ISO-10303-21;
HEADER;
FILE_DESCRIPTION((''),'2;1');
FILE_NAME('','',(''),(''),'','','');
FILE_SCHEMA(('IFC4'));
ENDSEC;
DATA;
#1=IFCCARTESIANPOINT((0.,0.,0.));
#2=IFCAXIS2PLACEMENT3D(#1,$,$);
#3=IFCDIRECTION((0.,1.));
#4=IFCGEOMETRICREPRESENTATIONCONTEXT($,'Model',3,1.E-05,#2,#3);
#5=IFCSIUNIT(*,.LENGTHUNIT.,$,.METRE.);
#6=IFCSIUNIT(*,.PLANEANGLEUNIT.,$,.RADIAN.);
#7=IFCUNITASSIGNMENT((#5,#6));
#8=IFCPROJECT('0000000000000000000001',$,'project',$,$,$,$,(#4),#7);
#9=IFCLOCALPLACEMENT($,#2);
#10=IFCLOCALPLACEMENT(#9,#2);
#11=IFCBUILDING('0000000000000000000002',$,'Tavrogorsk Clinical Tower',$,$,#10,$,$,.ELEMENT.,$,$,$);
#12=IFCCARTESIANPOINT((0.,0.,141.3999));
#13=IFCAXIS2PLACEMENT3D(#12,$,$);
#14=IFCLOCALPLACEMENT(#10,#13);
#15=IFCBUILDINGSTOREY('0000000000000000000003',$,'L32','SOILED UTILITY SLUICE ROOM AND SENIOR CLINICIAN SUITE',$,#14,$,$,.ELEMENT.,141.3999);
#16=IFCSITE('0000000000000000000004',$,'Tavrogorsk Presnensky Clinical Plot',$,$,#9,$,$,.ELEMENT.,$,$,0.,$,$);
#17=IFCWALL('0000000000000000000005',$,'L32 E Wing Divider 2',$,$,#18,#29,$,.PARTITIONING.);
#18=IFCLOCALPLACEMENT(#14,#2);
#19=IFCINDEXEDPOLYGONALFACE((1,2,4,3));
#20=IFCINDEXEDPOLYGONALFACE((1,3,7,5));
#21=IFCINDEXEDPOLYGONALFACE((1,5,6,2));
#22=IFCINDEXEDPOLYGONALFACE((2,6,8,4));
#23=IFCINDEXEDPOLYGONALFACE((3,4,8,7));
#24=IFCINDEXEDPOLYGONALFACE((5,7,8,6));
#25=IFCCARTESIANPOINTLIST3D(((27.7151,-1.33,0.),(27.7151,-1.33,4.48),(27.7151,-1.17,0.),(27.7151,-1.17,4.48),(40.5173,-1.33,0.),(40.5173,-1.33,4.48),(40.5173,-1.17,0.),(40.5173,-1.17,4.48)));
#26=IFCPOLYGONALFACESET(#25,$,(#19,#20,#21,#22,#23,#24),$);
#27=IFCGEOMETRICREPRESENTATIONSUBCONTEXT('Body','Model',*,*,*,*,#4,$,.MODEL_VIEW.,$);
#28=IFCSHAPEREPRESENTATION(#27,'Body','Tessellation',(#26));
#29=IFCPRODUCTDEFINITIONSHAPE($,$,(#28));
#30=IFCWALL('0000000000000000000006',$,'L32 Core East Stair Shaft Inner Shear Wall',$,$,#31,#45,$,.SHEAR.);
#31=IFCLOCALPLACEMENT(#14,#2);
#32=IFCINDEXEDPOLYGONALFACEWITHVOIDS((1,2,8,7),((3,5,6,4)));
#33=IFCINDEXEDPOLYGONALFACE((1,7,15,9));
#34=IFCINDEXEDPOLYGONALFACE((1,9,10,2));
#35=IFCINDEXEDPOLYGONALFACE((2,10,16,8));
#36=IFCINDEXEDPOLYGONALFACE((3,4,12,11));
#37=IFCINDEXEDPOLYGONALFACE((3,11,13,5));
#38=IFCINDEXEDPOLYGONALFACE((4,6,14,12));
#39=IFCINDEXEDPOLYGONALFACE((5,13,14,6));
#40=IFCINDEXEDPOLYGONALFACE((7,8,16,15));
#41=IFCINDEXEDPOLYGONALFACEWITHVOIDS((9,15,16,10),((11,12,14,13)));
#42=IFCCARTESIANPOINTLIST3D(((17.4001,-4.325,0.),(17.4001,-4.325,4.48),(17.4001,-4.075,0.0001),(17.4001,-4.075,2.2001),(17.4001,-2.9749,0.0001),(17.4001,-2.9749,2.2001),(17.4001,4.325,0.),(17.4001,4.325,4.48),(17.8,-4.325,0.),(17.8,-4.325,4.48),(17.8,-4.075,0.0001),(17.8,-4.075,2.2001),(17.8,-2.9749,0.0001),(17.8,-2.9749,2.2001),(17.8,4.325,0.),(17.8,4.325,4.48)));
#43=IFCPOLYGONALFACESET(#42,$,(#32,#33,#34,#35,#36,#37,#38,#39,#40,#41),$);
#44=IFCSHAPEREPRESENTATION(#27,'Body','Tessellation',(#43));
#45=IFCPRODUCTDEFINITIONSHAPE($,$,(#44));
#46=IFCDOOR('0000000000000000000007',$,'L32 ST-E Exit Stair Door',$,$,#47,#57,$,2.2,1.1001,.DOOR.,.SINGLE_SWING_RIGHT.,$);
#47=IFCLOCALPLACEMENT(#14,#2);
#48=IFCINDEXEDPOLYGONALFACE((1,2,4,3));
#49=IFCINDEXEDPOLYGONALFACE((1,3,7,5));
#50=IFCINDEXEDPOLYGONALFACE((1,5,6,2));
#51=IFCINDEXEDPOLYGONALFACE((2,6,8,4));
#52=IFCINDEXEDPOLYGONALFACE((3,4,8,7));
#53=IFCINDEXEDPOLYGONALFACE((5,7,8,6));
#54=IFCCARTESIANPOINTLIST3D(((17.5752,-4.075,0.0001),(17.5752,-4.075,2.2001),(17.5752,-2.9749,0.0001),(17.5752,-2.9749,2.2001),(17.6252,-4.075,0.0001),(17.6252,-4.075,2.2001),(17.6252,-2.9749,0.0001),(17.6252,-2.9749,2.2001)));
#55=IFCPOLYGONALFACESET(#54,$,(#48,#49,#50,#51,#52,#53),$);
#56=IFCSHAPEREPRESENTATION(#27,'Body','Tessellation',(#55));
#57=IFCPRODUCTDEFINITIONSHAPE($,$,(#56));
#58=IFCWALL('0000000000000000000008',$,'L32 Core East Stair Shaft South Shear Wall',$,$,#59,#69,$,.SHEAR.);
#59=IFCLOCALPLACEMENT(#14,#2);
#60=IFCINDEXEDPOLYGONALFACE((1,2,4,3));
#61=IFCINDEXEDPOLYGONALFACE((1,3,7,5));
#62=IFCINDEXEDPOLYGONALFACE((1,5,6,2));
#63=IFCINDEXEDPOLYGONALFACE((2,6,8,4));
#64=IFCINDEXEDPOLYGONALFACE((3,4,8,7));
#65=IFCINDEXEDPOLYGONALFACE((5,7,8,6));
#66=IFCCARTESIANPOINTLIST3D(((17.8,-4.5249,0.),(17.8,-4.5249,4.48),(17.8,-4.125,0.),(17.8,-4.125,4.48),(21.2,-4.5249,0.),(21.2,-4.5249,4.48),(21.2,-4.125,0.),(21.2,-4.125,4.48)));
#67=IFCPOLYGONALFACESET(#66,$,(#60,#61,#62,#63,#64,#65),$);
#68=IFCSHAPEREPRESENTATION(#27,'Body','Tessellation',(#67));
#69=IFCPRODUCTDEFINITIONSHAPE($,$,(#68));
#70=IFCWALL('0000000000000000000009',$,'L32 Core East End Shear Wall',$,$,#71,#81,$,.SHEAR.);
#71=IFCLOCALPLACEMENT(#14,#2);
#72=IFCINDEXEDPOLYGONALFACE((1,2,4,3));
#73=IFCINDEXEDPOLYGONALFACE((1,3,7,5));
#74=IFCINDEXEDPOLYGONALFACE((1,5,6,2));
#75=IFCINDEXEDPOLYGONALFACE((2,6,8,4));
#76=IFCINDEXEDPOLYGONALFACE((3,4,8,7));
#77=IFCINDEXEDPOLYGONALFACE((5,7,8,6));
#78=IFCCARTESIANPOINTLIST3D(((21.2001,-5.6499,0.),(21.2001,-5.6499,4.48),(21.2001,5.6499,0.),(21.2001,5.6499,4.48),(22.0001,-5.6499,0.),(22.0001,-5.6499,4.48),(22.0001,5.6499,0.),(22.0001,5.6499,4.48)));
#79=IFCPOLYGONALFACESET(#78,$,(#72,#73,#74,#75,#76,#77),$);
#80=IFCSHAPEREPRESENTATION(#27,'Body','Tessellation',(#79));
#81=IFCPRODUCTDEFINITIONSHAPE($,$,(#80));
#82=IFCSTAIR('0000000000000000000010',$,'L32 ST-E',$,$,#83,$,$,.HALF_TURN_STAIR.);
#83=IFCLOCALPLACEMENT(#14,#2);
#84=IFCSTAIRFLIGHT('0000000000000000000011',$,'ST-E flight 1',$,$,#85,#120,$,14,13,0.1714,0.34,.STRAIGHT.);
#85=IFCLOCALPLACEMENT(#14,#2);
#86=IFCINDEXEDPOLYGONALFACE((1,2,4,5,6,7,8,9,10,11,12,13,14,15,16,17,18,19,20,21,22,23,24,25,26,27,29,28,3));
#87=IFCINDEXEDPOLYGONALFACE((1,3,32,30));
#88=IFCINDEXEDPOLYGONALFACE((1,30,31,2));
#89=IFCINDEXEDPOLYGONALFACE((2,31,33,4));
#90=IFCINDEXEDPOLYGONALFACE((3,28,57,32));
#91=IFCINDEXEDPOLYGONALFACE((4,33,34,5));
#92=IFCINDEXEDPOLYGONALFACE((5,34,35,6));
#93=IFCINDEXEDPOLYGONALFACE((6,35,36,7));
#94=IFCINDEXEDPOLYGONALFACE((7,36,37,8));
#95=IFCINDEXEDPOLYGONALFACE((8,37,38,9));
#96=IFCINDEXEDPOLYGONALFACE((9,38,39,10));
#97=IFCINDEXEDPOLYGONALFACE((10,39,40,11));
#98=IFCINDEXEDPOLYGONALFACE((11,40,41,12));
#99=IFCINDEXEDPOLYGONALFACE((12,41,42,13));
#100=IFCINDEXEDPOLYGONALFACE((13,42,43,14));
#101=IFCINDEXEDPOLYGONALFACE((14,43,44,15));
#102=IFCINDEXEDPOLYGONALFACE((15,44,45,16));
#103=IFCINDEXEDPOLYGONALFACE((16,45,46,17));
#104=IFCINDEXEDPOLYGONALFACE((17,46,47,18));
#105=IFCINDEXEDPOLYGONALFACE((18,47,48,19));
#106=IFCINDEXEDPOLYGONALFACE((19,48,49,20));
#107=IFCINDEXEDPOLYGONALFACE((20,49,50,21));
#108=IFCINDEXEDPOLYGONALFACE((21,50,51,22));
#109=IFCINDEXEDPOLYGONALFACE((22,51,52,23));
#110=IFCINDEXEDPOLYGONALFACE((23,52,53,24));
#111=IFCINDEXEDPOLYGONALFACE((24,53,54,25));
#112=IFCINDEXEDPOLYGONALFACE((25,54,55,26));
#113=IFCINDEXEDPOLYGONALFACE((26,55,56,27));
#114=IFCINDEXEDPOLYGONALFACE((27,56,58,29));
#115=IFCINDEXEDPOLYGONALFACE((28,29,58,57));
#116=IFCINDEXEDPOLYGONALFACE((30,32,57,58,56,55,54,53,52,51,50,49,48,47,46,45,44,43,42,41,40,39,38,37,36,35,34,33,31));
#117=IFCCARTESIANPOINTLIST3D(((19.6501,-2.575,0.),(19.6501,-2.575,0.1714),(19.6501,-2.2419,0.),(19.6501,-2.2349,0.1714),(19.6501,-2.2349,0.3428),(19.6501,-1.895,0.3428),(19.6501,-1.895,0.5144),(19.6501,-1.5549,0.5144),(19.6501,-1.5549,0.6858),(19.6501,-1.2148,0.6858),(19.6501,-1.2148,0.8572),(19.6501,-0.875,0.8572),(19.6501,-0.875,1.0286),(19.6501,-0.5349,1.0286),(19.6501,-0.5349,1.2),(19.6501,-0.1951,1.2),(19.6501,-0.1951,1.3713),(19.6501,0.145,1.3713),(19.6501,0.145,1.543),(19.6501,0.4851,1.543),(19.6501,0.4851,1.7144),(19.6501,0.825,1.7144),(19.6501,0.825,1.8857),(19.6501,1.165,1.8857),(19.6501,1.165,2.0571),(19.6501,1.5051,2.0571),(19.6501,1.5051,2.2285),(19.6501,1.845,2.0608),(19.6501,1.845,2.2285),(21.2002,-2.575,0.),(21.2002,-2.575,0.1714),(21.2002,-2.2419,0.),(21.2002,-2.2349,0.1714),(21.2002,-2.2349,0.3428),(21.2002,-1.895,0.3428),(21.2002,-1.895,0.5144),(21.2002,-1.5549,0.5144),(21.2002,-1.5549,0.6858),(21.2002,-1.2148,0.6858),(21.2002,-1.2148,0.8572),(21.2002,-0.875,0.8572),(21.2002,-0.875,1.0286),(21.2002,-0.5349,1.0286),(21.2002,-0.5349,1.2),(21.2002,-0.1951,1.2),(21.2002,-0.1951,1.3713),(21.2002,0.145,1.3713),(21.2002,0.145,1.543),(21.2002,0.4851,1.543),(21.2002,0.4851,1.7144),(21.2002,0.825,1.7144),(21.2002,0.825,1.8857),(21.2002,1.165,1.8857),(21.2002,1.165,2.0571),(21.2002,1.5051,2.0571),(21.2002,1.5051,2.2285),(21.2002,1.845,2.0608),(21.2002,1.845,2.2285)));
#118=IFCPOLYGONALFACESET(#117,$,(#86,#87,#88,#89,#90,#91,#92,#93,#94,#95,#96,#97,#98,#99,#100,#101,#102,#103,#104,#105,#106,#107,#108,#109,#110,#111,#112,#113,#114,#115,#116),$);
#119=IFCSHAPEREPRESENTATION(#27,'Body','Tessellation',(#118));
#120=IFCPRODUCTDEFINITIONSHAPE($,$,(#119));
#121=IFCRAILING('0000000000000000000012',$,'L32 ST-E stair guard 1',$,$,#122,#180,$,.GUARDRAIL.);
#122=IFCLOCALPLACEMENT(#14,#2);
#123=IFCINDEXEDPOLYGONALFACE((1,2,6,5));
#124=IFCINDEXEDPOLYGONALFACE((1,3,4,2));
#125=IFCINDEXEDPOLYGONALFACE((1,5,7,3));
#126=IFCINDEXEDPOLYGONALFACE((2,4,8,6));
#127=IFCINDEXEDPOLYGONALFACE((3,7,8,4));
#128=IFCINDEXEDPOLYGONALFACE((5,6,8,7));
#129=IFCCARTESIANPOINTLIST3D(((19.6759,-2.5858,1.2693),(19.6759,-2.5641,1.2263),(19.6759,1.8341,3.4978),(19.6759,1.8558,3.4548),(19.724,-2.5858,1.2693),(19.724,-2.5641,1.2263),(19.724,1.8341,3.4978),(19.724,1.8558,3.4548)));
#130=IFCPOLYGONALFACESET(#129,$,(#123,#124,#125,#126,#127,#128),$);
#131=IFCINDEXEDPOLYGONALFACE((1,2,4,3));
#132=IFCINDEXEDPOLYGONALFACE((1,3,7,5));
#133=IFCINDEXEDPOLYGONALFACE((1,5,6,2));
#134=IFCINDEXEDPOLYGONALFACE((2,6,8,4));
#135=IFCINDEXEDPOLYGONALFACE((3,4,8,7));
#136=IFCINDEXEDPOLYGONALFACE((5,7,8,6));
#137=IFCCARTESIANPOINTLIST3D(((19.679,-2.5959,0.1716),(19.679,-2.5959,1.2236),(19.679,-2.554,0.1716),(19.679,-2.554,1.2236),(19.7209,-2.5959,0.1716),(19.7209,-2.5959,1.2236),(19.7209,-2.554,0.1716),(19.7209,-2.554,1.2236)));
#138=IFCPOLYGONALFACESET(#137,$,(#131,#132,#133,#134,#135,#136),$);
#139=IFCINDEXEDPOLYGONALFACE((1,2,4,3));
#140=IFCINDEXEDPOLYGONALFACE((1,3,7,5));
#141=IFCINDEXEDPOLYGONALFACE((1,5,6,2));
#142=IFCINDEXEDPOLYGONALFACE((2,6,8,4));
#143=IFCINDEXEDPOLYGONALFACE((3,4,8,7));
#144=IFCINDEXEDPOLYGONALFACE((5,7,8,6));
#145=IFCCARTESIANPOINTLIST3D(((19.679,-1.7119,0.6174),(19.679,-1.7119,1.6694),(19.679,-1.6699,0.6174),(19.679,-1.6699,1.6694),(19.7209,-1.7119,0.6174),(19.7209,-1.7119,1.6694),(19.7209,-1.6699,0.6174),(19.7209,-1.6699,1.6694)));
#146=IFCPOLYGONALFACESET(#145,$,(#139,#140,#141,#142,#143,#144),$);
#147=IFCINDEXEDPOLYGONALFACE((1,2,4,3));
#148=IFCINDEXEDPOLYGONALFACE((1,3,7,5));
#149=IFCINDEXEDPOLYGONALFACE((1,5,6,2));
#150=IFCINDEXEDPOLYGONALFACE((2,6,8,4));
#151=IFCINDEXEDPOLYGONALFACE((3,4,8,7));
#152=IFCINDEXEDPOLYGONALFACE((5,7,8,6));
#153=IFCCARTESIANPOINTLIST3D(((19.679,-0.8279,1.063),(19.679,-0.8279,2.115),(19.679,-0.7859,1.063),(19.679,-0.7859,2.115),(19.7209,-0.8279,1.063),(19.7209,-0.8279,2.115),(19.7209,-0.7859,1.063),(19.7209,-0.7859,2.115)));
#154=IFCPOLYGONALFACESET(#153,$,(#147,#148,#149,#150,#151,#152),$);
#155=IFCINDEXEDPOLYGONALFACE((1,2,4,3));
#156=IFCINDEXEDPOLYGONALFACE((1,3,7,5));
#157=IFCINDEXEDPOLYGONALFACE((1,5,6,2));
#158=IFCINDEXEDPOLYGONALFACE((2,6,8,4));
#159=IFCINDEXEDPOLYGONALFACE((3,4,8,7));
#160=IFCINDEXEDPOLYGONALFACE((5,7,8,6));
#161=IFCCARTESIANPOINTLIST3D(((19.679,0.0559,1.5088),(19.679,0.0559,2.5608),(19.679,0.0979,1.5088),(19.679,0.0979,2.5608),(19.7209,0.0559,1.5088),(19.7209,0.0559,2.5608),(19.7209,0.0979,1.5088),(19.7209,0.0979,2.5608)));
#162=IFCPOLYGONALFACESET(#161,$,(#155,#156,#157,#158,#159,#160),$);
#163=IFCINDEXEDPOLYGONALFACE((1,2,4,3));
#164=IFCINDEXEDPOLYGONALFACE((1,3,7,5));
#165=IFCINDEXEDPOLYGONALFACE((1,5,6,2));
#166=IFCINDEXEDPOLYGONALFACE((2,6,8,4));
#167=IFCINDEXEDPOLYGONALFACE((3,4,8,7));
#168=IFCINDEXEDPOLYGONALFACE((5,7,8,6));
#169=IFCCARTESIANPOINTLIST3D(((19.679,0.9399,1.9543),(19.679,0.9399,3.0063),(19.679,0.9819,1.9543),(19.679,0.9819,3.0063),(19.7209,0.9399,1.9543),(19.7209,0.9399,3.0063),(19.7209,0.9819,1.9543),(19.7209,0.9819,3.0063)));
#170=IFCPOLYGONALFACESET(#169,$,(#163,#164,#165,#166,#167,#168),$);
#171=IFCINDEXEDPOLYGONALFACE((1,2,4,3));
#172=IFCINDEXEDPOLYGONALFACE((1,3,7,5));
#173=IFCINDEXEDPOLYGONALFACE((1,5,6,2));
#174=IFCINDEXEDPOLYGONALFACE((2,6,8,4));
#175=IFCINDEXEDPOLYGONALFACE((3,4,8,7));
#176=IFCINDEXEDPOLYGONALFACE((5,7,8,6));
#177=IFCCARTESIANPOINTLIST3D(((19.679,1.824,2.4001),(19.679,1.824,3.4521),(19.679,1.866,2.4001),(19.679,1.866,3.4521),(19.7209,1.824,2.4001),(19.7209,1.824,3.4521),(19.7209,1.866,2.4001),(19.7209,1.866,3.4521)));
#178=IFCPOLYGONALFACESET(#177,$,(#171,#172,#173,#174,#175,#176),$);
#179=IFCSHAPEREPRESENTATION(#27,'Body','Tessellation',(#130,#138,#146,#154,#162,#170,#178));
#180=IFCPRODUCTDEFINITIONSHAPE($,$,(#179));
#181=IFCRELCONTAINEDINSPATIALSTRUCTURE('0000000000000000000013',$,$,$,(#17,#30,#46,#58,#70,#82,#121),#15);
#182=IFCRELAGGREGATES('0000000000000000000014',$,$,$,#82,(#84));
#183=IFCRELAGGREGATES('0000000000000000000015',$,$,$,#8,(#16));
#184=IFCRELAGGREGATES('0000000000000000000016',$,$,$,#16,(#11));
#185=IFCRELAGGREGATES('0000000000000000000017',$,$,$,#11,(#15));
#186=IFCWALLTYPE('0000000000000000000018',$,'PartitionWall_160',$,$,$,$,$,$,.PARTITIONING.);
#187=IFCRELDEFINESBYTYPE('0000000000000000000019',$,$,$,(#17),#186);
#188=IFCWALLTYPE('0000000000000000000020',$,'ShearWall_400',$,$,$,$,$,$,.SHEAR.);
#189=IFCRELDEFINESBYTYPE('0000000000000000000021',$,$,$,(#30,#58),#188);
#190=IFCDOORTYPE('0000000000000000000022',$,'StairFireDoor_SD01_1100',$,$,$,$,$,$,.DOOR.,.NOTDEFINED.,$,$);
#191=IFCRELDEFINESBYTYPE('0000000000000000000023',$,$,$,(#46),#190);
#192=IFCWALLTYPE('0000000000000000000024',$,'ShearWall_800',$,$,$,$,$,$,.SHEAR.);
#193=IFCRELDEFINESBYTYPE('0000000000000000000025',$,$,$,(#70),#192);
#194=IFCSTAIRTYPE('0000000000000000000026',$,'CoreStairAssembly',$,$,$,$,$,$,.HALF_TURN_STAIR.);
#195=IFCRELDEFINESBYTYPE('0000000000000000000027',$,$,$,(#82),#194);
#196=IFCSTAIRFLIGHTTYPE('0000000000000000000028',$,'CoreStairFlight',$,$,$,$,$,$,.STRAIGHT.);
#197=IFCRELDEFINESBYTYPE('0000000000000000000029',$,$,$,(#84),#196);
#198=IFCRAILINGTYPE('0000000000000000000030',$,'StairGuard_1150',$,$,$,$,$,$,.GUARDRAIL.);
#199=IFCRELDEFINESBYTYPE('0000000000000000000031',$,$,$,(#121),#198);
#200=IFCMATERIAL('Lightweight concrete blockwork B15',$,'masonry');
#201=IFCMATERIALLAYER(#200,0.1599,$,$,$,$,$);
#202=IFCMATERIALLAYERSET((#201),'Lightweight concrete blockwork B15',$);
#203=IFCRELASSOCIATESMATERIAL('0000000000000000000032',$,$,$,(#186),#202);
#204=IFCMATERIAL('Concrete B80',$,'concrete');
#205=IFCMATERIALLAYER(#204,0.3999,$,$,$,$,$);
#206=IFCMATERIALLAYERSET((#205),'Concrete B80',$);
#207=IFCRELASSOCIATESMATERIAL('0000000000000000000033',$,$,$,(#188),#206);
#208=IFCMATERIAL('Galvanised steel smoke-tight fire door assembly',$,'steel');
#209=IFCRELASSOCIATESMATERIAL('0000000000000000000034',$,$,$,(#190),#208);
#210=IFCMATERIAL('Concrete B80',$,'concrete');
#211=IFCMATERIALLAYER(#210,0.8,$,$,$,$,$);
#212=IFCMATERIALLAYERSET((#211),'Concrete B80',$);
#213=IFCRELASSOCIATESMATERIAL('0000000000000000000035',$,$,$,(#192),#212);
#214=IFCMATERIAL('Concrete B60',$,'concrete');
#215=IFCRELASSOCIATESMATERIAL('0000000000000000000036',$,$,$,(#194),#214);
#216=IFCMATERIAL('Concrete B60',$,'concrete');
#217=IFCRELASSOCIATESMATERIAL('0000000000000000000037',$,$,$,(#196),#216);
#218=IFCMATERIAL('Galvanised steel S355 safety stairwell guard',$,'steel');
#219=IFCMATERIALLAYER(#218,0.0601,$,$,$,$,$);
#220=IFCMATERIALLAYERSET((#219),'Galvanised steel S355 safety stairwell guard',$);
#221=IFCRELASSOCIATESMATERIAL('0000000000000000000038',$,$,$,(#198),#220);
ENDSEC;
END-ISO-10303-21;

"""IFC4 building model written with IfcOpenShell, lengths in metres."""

from ifc_helpers import new_model, si_unit, direction, frame, frame_2d, origin, origin_2d, place, context, subcontext, project, spatial, polyline, rectangle, outline, extrude, material, layer, layer_set, type_object, element, fill, aggregate, save


model = new_model("IFC4")

# Units and contexts
model_context = context("Model", 3, precision=1e-05, world=origin(), true_north=direction((0.0, 1.0)))
body_context = subcontext(model_context, "Body", "Model", "MODEL_VIEW")
ifc_project = project(units=[si_unit("LENGTHUNIT", "METRE"), si_unit("PLANEANGLEUNIT", "RADIAN")], contexts=[model_context])

# Site, building, storey
site_placement = place(None, origin())
site = spatial("IfcSite", under=ifc_project, at=site_placement, Name="Tavrogorsk Presnensky Clinical Plot", CompositionType="ELEMENT", RefElevation=0.0)
building_placement = place(site_placement, origin())
building = spatial("IfcBuilding", under=site, at=building_placement, Name="Tavrogorsk Clinical Tower", CompositionType="ELEMENT")
storey_placement = place(building_placement, frame((0.0, 0.0, 141.3999)))
storey = spatial("IfcBuildingStorey", under=building, at=storey_placement, Name="L32", Description="SOILED UTILITY SLUICE ROOM AND SENIOR CLINICIAN SUITE", CompositionType="ELEMENT", Elevation=141.3999)

# Shared definitions
ifc_material_1 = material(Name="Lightweight concrete blockwork B15", Category="masonry")
ifc_layer_1 = layer(ifc_material_1, 0.1599)
ifc_layer_set_1 = layer_set([ifc_layer_1], Name="Lightweight concrete blockwork B15")
wall_type_1 = type_object("IfcWallType", Name="PartitionWall_160", PredefinedType="PARTITIONING", material=ifc_layer_set_1)

# Wall
wall_1_placement = place(storey_placement, frame((27.7151, -1.25, 0.0), z_axis=(0.0, 0.0, 1.0), x_axis=(1.0, 0.0, 0.0)))
element("IfcWall", 1, at=wall_1_placement, inside=storey, type_object=wall_type_1, Name="L32 E Wing Divider 2", PredefinedType="PARTITIONING", context=body_context, shape_type="SweptSolid", body=[
    extrude(rectangle(XDim=12.8022, YDim=0.1599, at=frame_2d((6.4011, 0.0))), origin(), (0.0, 0.0, 1.0), 4.48),
])

# Wall, opening, door
ifc_material_2 = material(Name="Concrete B80", Category="concrete")
ifc_layer_2 = layer(ifc_material_2, 0.3999)
ifc_layer_set_2 = layer_set([ifc_layer_2], Name="Concrete B80")
wall_type_2 = type_object("IfcWallType", Name="ShearWall_400", PredefinedType="SHEAR", material=ifc_layer_set_2)
wall_2_placement = place(storey_placement, frame((17.6001, -4.325, 0.0), z_axis=(0.0, 0.0, 1.0), x_axis=(0.0, 1.0, 0.0)))
wall_2 = element("IfcWall", 2, at=wall_2_placement, inside=storey, type_object=wall_type_2, Name="L32 Core East Stair Shaft Inner Shear Wall", PredefinedType="SHEAR", context=body_context, shape_type="SweptSolid", body=[
    extrude(rectangle(XDim=8.6499, YDim=0.3999, at=frame_2d((4.325, 0.0))), origin(), (0.0, 0.0, 1.0), 4.48),
])
opening_1_placement = place(wall_2_placement, frame((0.25, 0.0, 0.0)))
opening_1 = element("IfcOpeningElement", 3, at=opening_1_placement, cuts=wall_2, PredefinedType="OPENING", context=body_context, shape_type="SweptSolid", body=[
    extrude(rectangle(XDim=1.1001, YDim=2.2, at=frame_2d((0.55, 1.1001))), frame((0.0, 0.21, 0.0), z_axis=(0.0, -1.0, 0.0), x_axis=(1.0, 0.0, 0.0)), (0.0, 0.0, 1.0), 0.4199),
])
ifc_material_3 = material(Name="Galvanised steel smoke-tight fire door assembly", Category="steel")
door_type_1 = type_object("IfcDoorType", Name="StairFireDoor_SD01_1100", OperationType="NOTDEFINED", PredefinedType="DOOR", material=ifc_material_3)
door_1_placement = place(opening_1_placement, origin())
door_1 = element("IfcDoor", 4, at=door_1_placement, inside=storey, type_object=door_type_1, Name="L32 ST-E Exit Stair Door", OperationType="SINGLE_SWING_RIGHT", OverallHeight=2.2, OverallWidth=1.1001, PredefinedType="DOOR", context=body_context, shape_type="SweptSolid", body=[
    extrude(rectangle(XDim=1.1001, YDim=2.2, at=frame_2d((0.55, 1.1001))), frame((0.0, 0.0249, 0.0), z_axis=(0.0, -1.0, 0.0), x_axis=(1.0, 0.0, 0.0)), (0.0, 0.0, 1.0), 0.05),
])
fill(opening_1, door_1)

# Walls
wall_3_placement = place(storey_placement, frame((17.8, -4.325, 0.0), z_axis=(0.0, 0.0, 1.0), x_axis=(1.0, 0.0, 0.0)))
element("IfcWall", 5, at=wall_3_placement, inside=storey, type_object=wall_type_2, Name="L32 Core East Stair Shaft South Shear Wall", PredefinedType="SHEAR", context=body_context, shape_type="SweptSolid", body=[
    extrude(rectangle(XDim=3.3999, YDim=0.3999, at=frame_2d((1.7, 0.0))), origin(), (0.0, 0.0, 1.0), 4.48),
])
ifc_material_4 = material(Name="Concrete B80", Category="concrete")
ifc_layer_3 = layer(ifc_material_4, 0.8)
ifc_layer_set_3 = layer_set([ifc_layer_3], Name="Concrete B80")
wall_type_3 = type_object("IfcWallType", Name="ShearWall_800", PredefinedType="SHEAR", material=ifc_layer_set_3)
wall_4_placement = place(storey_placement, frame((21.6001, -5.6499, 0.0), z_axis=(0.0, 0.0, 1.0), x_axis=(0.0, 1.0, 0.0)))
element("IfcWall", 6, at=wall_4_placement, inside=storey, type_object=wall_type_3, Name="L32 Core East End Shear Wall", PredefinedType="SHEAR", context=body_context, shape_type="SweptSolid", body=[
    extrude(rectangle(XDim=11.2998, YDim=0.8, at=frame_2d((5.6499, 0.0))), origin(), (0.0, 0.0, 1.0), 4.48),
])

# Stair, stair flight
ifc_material_5 = material(Name="Concrete B60", Category="concrete")
stair_type = type_object("IfcStairType", Name="CoreStairAssembly", PredefinedType="HALF_TURN_STAIR", material=ifc_material_5)
stair_placement = place(storey_placement, origin())
stair = element("IfcStair", 7, at=stair_placement, inside=storey, type_object=stair_type, Name="L32 ST-E", PredefinedType="HALF_TURN_STAIR")
ifc_material_6 = material(Name="Concrete B60", Category="concrete")
stair_flight_type = type_object("IfcStairFlightType", Name="CoreStairFlight", PredefinedType="STRAIGHT", material=ifc_material_6)
stair_flight_placement = place(storey_placement, frame((20.425, -2.575, 0.0), z_axis=(0.0, 0.0, 1.0), x_axis=(0.0, 1.0, 0.0)))
stair_flight = element("IfcStairFlight", 8, at=stair_flight_placement, type_object=stair_flight_type, Name="ST-E flight 1", NumberOfRisers=14, NumberOfTreads=13, PredefinedType="STRAIGHT", RiserHeight=0.1714, TreadLength=0.34, context=body_context, shape_type="SweptSolid", body=[
    extrude(outline(polyline([(0.0, 0.0), (0.0, 0.1714), (0.3401, 0.1714), (0.3401, 0.3428), (0.6799, 0.3428), (0.6799, 0.5144), (1.02, 0.5144), (1.02, 0.6858), (1.3601, 0.6858), (1.3601, 0.8572), (1.7, 0.8572), (1.7, 1.0286), (2.04, 1.0286), (2.04, 1.2), (2.3799, 1.2), (2.3799, 1.3713), (2.72, 1.3713), (2.72, 1.543), (3.0601, 1.543), (3.0601, 1.7144), (3.3999, 1.7144), (3.3999, 1.8857), (3.74, 1.8857), (3.74, 2.0571), (4.0801, 2.0571), (4.0801, 2.2285), (4.4199, 2.2285), (4.4199, 2.3999), (4.4199, 2.0608), (0.333, 0.0), (0.0, 0.0)])), frame((0.0, 0.7749, 0.0), z_axis=(0.0, -1.0, 0.0), x_axis=(1.0, 0.0, 0.0)), (0.0, 0.0, 1.0), 1.55),
])
aggregate(stair, [stair_flight])

# Railing
ifc_material_7 = material(Name="Galvanised steel S355 safety stairwell guard", Category="steel")
ifc_layer_4 = layer(ifc_material_7, 0.0601)
ifc_layer_set_4 = layer_set([ifc_layer_4], Name="Galvanised steel S355 safety stairwell guard")
railing_type_1 = type_object("IfcRailingType", Name="StairGuard_1150", PredefinedType="GUARDRAIL", material=ifc_layer_set_4)
railing_1_placement = place(storey_placement, frame((19.7, -2.575, 0.1716)))
element("IfcRailing", 9, at=railing_1_placement, inside=storey, type_object=railing_type_1, Name="L32 ST-E stair guard 1", PredefinedType="GUARDRAIL", context=body_context, shape_type="SweptSolid", body=[
    extrude(rectangle(XDim=0.0481, YDim=0.0481, at=origin_2d()), frame((0.0, 0.0, 1.0762), z_axis=(0.0, 0.892923, 0.45021), x_axis=(-1.0, 0.0, 0.0)), (0.0, 0.0, 1.0), 4.95),
    extrude(rectangle(XDim=0.042, YDim=0.042, at=origin_2d()), origin(), (0.0, 0.0, 1.0), 1.052),
    extrude(rectangle(XDim=0.042, YDim=0.042, at=origin_2d()), frame((0.0, 0.884, 0.4458)), (0.0, 0.0, 1.0), 1.052),
    extrude(rectangle(XDim=0.042, YDim=0.042, at=origin_2d()), frame((0.0, 1.7681, 0.8914)), (0.0, 0.0, 1.0), 1.052),
    extrude(rectangle(XDim=0.042, YDim=0.042, at=origin_2d()), frame((0.0, 2.6519, 1.3372)), (0.0, 0.0, 1.0), 1.052),
    extrude(rectangle(XDim=0.042, YDim=0.042, at=origin_2d()), frame((0.0, 3.5359, 1.7827)), (0.0, 0.0, 1.0), 1.052),
    extrude(rectangle(XDim=0.042, YDim=0.042, at=origin_2d()), frame((0.0, 4.4199, 2.2285)), (0.0, 0.0, 1.0), 1.052),
])

save(model, "model.ifc")
